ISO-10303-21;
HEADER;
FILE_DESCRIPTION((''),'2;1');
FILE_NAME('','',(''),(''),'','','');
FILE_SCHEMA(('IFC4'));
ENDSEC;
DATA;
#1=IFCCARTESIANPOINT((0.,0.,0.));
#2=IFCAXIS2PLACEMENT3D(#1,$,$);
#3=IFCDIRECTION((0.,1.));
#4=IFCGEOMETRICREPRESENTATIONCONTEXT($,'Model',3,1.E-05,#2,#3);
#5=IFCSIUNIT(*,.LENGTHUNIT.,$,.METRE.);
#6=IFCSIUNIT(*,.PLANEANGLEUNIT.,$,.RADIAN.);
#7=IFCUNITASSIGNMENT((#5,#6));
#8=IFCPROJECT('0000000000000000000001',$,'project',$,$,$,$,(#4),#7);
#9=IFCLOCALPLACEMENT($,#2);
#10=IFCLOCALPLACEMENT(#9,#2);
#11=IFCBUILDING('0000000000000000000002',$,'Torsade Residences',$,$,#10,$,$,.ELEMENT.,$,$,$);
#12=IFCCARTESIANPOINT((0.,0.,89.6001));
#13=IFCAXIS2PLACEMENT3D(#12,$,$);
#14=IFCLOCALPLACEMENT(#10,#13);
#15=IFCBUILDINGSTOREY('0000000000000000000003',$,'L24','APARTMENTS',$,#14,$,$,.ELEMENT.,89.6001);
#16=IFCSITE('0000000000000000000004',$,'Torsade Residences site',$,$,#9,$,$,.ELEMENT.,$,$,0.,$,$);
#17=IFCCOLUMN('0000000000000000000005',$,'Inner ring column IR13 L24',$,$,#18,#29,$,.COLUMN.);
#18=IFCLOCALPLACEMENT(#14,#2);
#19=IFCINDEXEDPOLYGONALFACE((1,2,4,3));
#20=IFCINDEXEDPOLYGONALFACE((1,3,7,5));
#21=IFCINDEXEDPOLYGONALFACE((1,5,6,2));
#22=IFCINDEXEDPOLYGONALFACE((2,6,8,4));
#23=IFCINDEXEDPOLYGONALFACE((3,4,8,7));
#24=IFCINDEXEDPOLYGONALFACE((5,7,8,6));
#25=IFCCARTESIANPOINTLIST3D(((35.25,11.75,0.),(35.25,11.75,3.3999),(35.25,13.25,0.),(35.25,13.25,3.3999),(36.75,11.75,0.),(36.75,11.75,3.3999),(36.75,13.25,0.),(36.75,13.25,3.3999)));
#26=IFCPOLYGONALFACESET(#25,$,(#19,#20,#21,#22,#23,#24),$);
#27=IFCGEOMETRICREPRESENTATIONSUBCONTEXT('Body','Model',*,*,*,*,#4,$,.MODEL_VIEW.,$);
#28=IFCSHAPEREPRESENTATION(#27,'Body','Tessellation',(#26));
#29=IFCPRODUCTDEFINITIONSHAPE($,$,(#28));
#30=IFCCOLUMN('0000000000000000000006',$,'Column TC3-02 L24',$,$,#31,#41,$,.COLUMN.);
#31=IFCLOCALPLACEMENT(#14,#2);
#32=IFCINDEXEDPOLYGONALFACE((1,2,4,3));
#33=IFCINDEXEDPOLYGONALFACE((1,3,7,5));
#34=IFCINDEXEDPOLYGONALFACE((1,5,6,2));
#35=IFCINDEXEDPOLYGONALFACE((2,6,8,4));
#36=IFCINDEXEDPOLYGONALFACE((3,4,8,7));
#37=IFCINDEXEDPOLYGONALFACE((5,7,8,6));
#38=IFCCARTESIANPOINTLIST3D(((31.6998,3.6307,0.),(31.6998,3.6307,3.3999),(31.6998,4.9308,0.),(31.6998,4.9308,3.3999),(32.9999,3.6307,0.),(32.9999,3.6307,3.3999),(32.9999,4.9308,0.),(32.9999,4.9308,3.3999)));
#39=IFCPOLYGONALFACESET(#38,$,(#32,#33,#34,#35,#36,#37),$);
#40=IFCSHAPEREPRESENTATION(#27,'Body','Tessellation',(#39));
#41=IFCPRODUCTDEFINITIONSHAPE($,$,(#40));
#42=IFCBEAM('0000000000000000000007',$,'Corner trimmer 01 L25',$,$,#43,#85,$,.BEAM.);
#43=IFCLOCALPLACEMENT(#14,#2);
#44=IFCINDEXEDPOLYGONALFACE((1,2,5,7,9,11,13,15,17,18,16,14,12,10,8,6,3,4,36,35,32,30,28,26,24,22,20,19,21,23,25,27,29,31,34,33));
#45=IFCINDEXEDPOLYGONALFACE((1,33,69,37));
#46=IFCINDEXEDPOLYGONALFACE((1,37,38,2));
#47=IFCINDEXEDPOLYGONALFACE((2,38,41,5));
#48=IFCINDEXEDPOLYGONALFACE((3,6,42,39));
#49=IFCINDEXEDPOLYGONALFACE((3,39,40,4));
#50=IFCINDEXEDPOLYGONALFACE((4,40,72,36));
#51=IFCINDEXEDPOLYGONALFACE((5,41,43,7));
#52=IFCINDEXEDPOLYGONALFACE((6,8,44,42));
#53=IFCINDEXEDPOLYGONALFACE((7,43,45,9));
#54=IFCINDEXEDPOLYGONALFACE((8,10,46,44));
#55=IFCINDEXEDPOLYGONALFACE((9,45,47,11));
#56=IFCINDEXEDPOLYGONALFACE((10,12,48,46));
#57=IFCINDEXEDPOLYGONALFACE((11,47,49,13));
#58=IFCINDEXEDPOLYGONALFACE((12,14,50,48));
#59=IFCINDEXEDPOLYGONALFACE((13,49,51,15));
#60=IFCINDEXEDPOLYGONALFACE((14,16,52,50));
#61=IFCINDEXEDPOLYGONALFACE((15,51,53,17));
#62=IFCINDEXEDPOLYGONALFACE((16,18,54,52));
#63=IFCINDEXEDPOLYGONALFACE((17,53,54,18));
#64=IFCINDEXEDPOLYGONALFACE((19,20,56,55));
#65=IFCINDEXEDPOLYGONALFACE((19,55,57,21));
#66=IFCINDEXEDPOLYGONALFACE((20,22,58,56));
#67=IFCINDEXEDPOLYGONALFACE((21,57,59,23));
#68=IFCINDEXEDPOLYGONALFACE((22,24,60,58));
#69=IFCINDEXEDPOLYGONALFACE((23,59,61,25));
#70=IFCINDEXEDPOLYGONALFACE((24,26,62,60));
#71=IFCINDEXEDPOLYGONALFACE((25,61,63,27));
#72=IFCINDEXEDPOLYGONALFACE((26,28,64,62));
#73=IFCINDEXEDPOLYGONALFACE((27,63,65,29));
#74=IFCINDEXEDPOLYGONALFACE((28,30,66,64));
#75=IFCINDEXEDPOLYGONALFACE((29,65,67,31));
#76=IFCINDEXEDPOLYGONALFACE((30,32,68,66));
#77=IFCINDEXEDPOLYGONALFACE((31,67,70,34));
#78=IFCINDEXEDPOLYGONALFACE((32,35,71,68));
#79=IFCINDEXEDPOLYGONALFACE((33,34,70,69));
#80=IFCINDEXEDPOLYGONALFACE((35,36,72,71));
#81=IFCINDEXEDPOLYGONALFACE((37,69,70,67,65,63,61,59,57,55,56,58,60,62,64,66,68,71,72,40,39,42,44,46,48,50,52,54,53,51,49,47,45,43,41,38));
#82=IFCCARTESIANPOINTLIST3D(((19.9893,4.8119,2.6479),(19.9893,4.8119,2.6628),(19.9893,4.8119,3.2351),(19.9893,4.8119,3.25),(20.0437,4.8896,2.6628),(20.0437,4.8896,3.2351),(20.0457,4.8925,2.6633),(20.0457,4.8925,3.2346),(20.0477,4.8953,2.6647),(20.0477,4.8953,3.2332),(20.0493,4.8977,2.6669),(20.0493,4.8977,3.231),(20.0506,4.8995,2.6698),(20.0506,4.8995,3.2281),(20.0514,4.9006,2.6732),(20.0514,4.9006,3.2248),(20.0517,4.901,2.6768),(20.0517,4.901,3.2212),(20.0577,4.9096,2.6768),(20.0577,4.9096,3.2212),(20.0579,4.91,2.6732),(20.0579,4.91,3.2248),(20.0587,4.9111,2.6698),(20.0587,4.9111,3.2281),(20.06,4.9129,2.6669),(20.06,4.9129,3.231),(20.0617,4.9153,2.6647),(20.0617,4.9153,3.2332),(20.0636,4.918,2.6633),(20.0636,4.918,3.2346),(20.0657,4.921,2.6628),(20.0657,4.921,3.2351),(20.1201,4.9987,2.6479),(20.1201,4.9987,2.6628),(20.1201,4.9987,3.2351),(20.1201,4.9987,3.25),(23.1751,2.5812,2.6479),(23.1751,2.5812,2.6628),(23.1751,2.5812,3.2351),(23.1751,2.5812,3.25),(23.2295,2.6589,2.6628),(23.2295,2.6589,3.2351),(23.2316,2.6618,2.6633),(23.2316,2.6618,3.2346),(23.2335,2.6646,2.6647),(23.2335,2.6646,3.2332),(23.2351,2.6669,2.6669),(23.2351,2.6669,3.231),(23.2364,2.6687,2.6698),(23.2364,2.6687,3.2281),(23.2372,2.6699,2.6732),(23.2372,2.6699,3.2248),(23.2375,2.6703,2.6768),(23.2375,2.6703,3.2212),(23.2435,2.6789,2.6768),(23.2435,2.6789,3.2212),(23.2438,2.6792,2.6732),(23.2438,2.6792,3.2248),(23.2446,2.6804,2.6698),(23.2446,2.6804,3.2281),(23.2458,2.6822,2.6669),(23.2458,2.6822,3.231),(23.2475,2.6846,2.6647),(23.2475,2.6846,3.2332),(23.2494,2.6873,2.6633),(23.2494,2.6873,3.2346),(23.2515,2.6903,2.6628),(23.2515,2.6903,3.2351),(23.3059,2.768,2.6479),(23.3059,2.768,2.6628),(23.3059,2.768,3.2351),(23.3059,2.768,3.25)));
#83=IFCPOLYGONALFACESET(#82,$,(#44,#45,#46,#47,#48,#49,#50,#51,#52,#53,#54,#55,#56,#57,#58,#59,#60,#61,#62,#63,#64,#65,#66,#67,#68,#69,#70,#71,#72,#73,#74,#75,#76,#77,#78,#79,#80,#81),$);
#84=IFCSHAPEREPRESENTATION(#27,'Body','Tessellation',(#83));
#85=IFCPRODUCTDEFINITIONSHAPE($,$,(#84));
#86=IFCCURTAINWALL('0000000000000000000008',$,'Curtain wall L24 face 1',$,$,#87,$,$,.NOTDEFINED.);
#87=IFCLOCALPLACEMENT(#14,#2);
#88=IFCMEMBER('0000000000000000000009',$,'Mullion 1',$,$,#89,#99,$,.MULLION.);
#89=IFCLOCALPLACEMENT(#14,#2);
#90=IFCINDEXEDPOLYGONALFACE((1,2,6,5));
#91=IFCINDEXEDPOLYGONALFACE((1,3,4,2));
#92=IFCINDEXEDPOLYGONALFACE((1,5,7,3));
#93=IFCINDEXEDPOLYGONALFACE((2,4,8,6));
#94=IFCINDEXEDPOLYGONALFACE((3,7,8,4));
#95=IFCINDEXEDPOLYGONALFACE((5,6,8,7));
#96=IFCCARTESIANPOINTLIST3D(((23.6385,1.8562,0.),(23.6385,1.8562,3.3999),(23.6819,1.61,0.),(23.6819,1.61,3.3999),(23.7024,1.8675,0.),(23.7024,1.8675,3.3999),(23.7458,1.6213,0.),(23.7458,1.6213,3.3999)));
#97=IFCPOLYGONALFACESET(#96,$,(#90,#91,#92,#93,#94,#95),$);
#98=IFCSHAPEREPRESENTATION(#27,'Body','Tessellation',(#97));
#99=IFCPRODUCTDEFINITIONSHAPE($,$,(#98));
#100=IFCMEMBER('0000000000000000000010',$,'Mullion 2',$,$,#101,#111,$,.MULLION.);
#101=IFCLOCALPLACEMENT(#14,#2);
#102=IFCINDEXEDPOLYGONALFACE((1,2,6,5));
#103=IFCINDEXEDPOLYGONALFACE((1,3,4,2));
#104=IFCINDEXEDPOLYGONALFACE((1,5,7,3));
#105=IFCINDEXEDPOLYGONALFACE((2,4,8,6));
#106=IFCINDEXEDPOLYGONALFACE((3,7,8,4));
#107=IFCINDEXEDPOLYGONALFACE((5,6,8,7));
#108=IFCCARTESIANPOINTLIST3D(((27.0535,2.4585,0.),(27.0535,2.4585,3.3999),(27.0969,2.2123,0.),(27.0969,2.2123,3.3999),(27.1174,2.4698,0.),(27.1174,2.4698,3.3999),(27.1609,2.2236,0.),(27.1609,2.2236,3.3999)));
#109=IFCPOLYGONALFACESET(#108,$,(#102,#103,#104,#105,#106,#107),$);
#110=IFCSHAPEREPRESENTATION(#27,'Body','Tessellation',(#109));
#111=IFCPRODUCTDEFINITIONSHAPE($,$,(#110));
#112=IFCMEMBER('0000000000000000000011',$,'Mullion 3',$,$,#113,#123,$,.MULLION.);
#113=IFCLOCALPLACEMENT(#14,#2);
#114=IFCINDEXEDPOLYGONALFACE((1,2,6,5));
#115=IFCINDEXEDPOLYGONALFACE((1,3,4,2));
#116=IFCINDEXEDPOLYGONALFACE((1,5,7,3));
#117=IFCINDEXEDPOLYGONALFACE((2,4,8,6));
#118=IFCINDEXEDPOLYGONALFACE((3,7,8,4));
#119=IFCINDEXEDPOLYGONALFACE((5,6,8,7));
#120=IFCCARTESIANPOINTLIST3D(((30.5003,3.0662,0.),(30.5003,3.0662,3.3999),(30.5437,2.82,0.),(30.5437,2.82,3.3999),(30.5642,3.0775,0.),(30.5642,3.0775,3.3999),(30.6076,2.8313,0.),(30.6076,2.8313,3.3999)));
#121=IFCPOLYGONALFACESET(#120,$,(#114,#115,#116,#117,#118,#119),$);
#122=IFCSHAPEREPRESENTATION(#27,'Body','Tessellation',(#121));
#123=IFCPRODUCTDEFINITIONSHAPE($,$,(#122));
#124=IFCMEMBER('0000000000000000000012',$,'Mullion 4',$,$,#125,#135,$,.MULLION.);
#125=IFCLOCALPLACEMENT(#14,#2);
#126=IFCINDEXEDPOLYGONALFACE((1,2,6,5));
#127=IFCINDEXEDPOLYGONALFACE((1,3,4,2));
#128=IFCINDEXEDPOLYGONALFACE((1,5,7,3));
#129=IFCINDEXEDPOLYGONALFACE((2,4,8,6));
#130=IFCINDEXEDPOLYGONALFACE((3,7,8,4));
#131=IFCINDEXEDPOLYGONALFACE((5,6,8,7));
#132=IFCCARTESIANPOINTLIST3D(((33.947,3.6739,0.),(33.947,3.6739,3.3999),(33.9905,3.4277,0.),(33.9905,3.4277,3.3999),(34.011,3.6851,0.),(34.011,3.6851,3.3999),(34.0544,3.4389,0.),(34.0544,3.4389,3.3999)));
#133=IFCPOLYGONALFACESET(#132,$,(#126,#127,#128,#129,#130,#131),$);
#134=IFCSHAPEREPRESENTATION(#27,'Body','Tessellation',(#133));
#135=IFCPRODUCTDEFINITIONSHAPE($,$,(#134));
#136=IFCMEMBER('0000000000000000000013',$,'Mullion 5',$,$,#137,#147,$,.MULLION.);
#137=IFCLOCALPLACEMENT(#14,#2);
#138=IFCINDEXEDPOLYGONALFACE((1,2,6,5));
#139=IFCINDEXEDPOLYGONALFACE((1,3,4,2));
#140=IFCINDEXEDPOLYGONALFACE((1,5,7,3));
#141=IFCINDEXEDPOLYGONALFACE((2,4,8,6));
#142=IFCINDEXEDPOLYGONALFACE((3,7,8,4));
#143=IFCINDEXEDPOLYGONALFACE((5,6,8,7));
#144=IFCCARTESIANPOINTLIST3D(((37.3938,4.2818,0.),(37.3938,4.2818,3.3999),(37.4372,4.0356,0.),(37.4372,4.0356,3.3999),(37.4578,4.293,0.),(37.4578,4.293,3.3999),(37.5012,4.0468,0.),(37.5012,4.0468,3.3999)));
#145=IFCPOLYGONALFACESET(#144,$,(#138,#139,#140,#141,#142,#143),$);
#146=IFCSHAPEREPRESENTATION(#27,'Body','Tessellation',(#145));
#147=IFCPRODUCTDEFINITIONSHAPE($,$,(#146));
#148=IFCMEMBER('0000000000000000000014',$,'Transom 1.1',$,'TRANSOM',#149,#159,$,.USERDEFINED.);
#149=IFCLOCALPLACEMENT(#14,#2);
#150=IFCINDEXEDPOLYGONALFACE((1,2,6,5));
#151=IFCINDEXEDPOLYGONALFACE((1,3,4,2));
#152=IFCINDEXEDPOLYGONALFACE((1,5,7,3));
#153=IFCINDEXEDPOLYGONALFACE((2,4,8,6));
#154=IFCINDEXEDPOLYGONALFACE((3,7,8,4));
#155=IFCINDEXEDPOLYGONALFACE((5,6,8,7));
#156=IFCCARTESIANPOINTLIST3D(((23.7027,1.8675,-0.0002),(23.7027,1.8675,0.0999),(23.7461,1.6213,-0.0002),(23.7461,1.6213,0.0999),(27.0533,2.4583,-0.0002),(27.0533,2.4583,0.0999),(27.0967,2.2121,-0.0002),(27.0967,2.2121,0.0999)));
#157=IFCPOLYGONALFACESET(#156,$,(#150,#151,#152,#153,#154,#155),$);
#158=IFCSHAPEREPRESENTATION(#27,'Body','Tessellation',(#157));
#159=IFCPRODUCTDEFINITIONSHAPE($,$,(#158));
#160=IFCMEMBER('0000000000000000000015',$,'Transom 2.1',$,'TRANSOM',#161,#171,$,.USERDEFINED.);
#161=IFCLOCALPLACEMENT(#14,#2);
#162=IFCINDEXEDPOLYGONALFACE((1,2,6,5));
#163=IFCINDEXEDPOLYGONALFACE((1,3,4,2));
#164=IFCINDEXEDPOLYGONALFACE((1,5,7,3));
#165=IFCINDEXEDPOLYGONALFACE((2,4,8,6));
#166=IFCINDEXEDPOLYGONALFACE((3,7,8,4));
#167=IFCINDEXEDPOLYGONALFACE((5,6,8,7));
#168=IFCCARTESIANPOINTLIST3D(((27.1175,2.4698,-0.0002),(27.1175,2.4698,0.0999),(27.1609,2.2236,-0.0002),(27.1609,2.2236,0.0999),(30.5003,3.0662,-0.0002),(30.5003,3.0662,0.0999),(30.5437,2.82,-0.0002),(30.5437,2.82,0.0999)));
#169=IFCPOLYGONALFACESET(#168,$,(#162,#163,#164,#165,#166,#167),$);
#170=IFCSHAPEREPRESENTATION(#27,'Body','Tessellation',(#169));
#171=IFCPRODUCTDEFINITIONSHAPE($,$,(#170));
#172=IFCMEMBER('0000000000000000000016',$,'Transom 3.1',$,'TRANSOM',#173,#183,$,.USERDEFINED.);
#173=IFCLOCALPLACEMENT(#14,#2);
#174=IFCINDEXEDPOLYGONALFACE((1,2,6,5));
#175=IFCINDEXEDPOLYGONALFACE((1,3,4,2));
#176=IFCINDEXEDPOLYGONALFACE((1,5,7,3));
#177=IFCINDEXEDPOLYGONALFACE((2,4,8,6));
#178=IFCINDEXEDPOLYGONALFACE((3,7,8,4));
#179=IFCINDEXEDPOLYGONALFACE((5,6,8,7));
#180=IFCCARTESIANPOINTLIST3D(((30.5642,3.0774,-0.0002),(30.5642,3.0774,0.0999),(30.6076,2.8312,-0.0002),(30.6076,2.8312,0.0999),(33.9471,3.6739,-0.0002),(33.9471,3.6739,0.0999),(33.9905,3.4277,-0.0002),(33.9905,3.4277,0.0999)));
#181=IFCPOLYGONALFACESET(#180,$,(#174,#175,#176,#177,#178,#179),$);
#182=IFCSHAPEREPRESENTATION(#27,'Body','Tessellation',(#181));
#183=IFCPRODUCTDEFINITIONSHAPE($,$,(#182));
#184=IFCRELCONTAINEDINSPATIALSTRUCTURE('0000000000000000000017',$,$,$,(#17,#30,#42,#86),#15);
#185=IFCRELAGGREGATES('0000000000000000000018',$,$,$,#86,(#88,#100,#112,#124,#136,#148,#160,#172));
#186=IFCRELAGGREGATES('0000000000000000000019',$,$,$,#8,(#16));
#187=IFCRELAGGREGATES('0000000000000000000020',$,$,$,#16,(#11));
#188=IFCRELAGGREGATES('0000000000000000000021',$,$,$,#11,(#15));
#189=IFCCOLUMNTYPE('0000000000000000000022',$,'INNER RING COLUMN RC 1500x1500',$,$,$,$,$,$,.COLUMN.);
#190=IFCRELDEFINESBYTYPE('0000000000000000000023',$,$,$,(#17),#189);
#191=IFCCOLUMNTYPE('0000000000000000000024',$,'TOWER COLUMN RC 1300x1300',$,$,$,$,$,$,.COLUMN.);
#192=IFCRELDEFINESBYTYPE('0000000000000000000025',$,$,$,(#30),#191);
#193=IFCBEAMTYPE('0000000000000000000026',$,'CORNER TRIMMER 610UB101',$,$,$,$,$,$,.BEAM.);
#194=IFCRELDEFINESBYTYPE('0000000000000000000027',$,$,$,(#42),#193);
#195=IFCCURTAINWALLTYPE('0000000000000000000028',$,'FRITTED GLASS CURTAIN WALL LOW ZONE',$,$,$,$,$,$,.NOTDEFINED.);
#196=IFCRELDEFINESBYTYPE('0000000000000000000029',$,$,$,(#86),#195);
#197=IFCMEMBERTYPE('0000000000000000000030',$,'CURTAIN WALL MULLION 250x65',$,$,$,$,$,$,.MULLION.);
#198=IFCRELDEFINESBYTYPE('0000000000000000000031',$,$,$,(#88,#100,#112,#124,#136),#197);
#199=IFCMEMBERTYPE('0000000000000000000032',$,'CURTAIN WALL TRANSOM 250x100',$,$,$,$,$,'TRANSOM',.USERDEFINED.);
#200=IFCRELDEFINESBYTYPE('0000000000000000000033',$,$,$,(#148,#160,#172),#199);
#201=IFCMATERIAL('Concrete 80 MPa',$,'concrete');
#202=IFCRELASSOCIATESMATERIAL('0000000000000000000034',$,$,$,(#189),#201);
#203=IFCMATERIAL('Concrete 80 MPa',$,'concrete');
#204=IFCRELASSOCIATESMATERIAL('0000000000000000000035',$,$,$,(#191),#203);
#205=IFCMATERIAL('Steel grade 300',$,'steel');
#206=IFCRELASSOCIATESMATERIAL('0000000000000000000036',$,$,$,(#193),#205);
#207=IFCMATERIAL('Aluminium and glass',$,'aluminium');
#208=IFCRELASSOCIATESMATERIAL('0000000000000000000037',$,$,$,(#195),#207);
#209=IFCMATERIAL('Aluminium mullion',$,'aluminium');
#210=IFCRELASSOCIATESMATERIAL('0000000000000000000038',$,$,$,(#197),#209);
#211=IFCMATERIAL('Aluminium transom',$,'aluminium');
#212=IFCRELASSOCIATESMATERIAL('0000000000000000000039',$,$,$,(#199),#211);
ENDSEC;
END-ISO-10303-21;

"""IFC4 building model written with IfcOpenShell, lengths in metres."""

from ifc_helpers import new_model, si_unit, direction, frame, origin, origin_2d, place, context, subcontext, project, spatial, rectangle, i_section, extrude, material, material_profile, profile_set, type_object, element, aggregate, save


model = new_model("IFC4")

# Units and contexts
model_context = context("Model", 3, precision=1e-05, world=origin(), true_north=direction((0.0, 1.0)))
body_context = subcontext(model_context, "Body", "Model", "MODEL_VIEW")
ifc_project = project(units=[si_unit("LENGTHUNIT", "METRE"), si_unit("PLANEANGLEUNIT", "RADIAN")], contexts=[model_context])

# Site, building, storey
site_placement = place(None, origin())
site = spatial("IfcSite", under=ifc_project, at=site_placement, Name="Torsade Residences site", CompositionType="ELEMENT", RefElevation=0.0)
building_placement = place(site_placement, origin())
building = spatial("IfcBuilding", under=site, at=building_placement, Name="Torsade Residences", CompositionType="ELEMENT")
storey_placement = place(building_placement, frame((0.0, 0.0, 89.6001)))
storey = spatial("IfcBuildingStorey", under=building, at=storey_placement, Name="L24", Description="APARTMENTS", CompositionType="ELEMENT", Elevation=89.6001)

# Columns
ifc_material_1 = material(Name="Concrete 80 MPa", Category="concrete")
ifc_material_profile_1 = material_profile(ifc_material_1, rectangle(XDim=1.5, YDim=1.5, at=origin_2d()), Name="RC 1500x1500")
ifc_profile_set_1 = profile_set([ifc_material_profile_1], Name="Concrete 80 MPa")
column_type_1 = type_object("IfcColumnType", Name="INNER RING COLUMN RC 1500x1500", PredefinedType="COLUMN", material=ifc_profile_set_1)
column_1_placement = place(storey_placement, frame((36.0, 12.5, 0.0), z_axis=(0.0, 0.0, 1.0), x_axis=(1.0, 0.0, 0.0)))
element("IfcColumn", 1, at=column_1_placement, inside=storey, type_object=column_type_1, Name="Inner ring column IR13 L24", PredefinedType="COLUMN", context=body_context, shape_type="SweptSolid", body=[
    extrude(rectangle(XDim=1.5, YDim=1.5, at=origin_2d()), origin(), (0.0, 0.0, 1.0), 3.3999),
])
ifc_material_2 = material(Name="Concrete 80 MPa", Category="concrete")
ifc_material_profile_2 = material_profile(ifc_material_2, rectangle(XDim=1.3, YDim=1.3, at=origin_2d()), Name="RC 1300x1300")
ifc_profile_set_2 = profile_set([ifc_material_profile_2], Name="Concrete 80 MPa")
column_type_2 = type_object("IfcColumnType", Name="TOWER COLUMN RC 1300x1300", PredefinedType="COLUMN", material=ifc_profile_set_2)
column_2_placement = place(storey_placement, frame((32.3499, 4.2808, 0.0), z_axis=(0.0, 0.0, 1.0), x_axis=(1.0, 0.0, 0.0)))
element("IfcColumn", 2, at=column_2_placement, inside=storey, type_object=column_type_2, Name="Column TC3-02 L24", PredefinedType="COLUMN", context=body_context, shape_type="SweptSolid", body=[
    extrude(rectangle(XDim=1.3, YDim=1.3, at=origin_2d()), origin(), (0.0, 0.0, 1.0), 3.3999),
])

# Beam
ifc_material_3 = material(Name="Steel grade 300", Category="steel")
ifc_material_profile_3 = material_profile(ifc_material_3, i_section(OverallWidth=0.228, OverallDepth=0.6021, WebThickness=0.0105, FlangeThickness=0.0149, FilletRadius=0.0139, at=origin_2d()), Name="610UB101")
ifc_profile_set_3 = profile_set([ifc_material_profile_3], Name="Steel grade 300")
beam_type_1 = type_object("IfcBeamType", Name="CORNER TRIMMER 610UB101", PredefinedType="BEAM", material=ifc_profile_set_3)
beam_1_placement = place(storey_placement, frame((23.2405, 2.6746, 2.949), z_axis=(-0.819152, 0.573576, 0.0), x_axis=(-0.573576, -0.819152, 0.0)))
element("IfcBeam", 3, at=beam_1_placement, inside=storey, type_object=beam_type_1, Name="Corner trimmer 01 L25", PredefinedType="BEAM", context=body_context, shape_type="SweptSolid", body=[
    extrude(i_section(OverallWidth=0.228, OverallDepth=0.6021, WebThickness=0.0105, FlangeThickness=0.0149, FilletRadius=0.0139, at=origin_2d()), origin(), (0.0, 0.0, 1.0), 3.8892),
])

# Curtain wall, members
ifc_material_4 = material(Name="Aluminium and glass", Category="aluminium")
curtain_wall_type = type_object("IfcCurtainWallType", Name="FRITTED GLASS CURTAIN WALL LOW ZONE", PredefinedType="NOTDEFINED", material=ifc_material_4)
curtain_wall_placement = place(storey_placement, origin())
curtain_wall = element("IfcCurtainWall", 4, at=curtain_wall_placement, inside=storey, type_object=curtain_wall_type, Name="Curtain wall L24 face 1", PredefinedType="NOTDEFINED")
ifc_material_5 = material(Name="Aluminium mullion", Category="aluminium")
ifc_material_profile_4 = material_profile(ifc_material_5, rectangle(XDim=0.25, YDim=0.0649, at=origin_2d()), Name="CURTAIN WALL MULLION 250x65")
ifc_profile_set_4 = profile_set([ifc_material_profile_4], Name="Aluminium mullion")
member_type_1 = type_object("IfcMemberType", Name="CURTAIN WALL MULLION 250x65", PredefinedType="MULLION", material=ifc_profile_set_4)
member_1_placement = place(storey_placement, frame((23.6921, 1.7388, 0.0), z_axis=(0.0, 0.0, 1.0), x_axis=(-0.173648, 0.984808, 0.0)))
member_1 = element("IfcMember", 5, at=member_1_placement, type_object=member_type_1, Name="Mullion 1", PredefinedType="MULLION", context=body_context, shape_type="SweptSolid", body=[
    extrude(rectangle(XDim=0.25, YDim=0.0649, at=origin_2d()), origin(), (0.0, 0.0, 1.0), 3.3999),
])
member_2_placement = place(storey_placement, frame((27.1072, 2.3411, 0.0), z_axis=(0.0, 0.0, 1.0), x_axis=(-0.173648, 0.984808, 0.0)))
member_2 = element("IfcMember", 6, at=member_2_placement, type_object=member_type_1, Name="Mullion 2", PredefinedType="MULLION", context=body_context, shape_type="SweptSolid", body=[
    extrude(rectangle(XDim=0.25, YDim=0.0649, at=origin_2d()), origin(), (0.0, 0.0, 1.0), 3.3999),
])
member_3_placement = place(storey_placement, frame((30.554, 2.9487, 0.0), z_axis=(0.0, 0.0, 1.0), x_axis=(-0.173648, 0.984808, 0.0)))
member_3 = element("IfcMember", 7, at=member_3_placement, type_object=member_type_1, Name="Mullion 3", PredefinedType="MULLION", context=body_context, shape_type="SweptSolid", body=[
    extrude(rectangle(XDim=0.25, YDim=0.0649, at=origin_2d()), origin(), (0.0, 0.0, 1.0), 3.3999),
])
member_4_placement = place(storey_placement, frame((34.0007, 3.5564, 0.0), z_axis=(0.0, 0.0, 1.0), x_axis=(-0.173648, 0.984808, 0.0)))
member_4 = element("IfcMember", 8, at=member_4_placement, type_object=member_type_1, Name="Mullion 4", PredefinedType="MULLION", context=body_context, shape_type="SweptSolid", body=[
    extrude(rectangle(XDim=0.25, YDim=0.0649, at=origin_2d()), origin(), (0.0, 0.0, 1.0), 3.3999),
])
member_5_placement = place(storey_placement, frame((37.4475, 4.1643, 0.0), z_axis=(0.0, 0.0, 1.0), x_axis=(-0.173648, 0.984808, 0.0)))
member_5 = element("IfcMember", 9, at=member_5_placement, type_object=member_type_1, Name="Mullion 5", PredefinedType="MULLION", context=body_context, shape_type="SweptSolid", body=[
    extrude(rectangle(XDim=0.25, YDim=0.0649, at=origin_2d()), origin(), (0.0, 0.0, 1.0), 3.3999),
])
ifc_material_6 = material(Name="Aluminium transom", Category="aluminium")
ifc_material_profile_5 = material_profile(ifc_material_6, rectangle(XDim=0.25, YDim=0.1001, at=origin_2d()), Name="CURTAIN WALL TRANSOM 250x100")
ifc_profile_set_5 = profile_set([ifc_material_profile_5], Name="Aluminium transom")
member_type_2 = type_object("IfcMemberType", Name="CURTAIN WALL TRANSOM 250x100", ElementType="TRANSOM", PredefinedType="USERDEFINED", material=ifc_profile_set_5)
member_6_placement = place(storey_placement, frame((23.7244, 1.7444, 0.0498), z_axis=(0.984807, 0.173654, 0.0), x_axis=(-0.173654, 0.984807, 0.0)))
member_6 = element("IfcMember", 10, at=member_6_placement, type_object=member_type_2, Name="Transom 1.1", ObjectType="TRANSOM", PredefinedType="USERDEFINED", context=body_context, shape_type="SweptSolid", body=[
    extrude(rectangle(XDim=0.25, YDim=0.1001, at=origin_2d()), origin(), (0.0, 0.0, 1.0), 3.4023),
])
member_7_placement = place(storey_placement, frame((27.1392, 2.3467, 0.0498), z_axis=(0.98481, 0.173635, 0.0), x_axis=(-0.173635, 0.98481, 0.0)))
member_7 = element("IfcMember", 11, at=member_7_placement, type_object=member_type_2, Name="Transom 2.1", ObjectType="TRANSOM", PredefinedType="USERDEFINED", context=body_context, shape_type="SweptSolid", body=[
    extrude(rectangle(XDim=0.25, YDim=0.1001, at=origin_2d()), origin(), (0.0, 0.0, 1.0), 3.4351),
])
member_8_placement = place(storey_placement, frame((30.5859, 2.9543, 0.0498), z_axis=(0.98481, 0.173635, 0.0), x_axis=(-0.173635, 0.98481, 0.0)))
member_8 = element("IfcMember", 12, at=member_8_placement, type_object=member_type_2, Name="Transom 3.1", ObjectType="TRANSOM", PredefinedType="USERDEFINED", context=body_context, shape_type="SweptSolid", body=[
    extrude(rectangle(XDim=0.25, YDim=0.1001, at=origin_2d()), origin(), (0.0, 0.0, 1.0), 3.4351),
])

aggregate(curtain_wall, [member_1, member_2, member_3, member_4, member_5, member_6, member_7, member_8])

save(model, "model.ifc")
